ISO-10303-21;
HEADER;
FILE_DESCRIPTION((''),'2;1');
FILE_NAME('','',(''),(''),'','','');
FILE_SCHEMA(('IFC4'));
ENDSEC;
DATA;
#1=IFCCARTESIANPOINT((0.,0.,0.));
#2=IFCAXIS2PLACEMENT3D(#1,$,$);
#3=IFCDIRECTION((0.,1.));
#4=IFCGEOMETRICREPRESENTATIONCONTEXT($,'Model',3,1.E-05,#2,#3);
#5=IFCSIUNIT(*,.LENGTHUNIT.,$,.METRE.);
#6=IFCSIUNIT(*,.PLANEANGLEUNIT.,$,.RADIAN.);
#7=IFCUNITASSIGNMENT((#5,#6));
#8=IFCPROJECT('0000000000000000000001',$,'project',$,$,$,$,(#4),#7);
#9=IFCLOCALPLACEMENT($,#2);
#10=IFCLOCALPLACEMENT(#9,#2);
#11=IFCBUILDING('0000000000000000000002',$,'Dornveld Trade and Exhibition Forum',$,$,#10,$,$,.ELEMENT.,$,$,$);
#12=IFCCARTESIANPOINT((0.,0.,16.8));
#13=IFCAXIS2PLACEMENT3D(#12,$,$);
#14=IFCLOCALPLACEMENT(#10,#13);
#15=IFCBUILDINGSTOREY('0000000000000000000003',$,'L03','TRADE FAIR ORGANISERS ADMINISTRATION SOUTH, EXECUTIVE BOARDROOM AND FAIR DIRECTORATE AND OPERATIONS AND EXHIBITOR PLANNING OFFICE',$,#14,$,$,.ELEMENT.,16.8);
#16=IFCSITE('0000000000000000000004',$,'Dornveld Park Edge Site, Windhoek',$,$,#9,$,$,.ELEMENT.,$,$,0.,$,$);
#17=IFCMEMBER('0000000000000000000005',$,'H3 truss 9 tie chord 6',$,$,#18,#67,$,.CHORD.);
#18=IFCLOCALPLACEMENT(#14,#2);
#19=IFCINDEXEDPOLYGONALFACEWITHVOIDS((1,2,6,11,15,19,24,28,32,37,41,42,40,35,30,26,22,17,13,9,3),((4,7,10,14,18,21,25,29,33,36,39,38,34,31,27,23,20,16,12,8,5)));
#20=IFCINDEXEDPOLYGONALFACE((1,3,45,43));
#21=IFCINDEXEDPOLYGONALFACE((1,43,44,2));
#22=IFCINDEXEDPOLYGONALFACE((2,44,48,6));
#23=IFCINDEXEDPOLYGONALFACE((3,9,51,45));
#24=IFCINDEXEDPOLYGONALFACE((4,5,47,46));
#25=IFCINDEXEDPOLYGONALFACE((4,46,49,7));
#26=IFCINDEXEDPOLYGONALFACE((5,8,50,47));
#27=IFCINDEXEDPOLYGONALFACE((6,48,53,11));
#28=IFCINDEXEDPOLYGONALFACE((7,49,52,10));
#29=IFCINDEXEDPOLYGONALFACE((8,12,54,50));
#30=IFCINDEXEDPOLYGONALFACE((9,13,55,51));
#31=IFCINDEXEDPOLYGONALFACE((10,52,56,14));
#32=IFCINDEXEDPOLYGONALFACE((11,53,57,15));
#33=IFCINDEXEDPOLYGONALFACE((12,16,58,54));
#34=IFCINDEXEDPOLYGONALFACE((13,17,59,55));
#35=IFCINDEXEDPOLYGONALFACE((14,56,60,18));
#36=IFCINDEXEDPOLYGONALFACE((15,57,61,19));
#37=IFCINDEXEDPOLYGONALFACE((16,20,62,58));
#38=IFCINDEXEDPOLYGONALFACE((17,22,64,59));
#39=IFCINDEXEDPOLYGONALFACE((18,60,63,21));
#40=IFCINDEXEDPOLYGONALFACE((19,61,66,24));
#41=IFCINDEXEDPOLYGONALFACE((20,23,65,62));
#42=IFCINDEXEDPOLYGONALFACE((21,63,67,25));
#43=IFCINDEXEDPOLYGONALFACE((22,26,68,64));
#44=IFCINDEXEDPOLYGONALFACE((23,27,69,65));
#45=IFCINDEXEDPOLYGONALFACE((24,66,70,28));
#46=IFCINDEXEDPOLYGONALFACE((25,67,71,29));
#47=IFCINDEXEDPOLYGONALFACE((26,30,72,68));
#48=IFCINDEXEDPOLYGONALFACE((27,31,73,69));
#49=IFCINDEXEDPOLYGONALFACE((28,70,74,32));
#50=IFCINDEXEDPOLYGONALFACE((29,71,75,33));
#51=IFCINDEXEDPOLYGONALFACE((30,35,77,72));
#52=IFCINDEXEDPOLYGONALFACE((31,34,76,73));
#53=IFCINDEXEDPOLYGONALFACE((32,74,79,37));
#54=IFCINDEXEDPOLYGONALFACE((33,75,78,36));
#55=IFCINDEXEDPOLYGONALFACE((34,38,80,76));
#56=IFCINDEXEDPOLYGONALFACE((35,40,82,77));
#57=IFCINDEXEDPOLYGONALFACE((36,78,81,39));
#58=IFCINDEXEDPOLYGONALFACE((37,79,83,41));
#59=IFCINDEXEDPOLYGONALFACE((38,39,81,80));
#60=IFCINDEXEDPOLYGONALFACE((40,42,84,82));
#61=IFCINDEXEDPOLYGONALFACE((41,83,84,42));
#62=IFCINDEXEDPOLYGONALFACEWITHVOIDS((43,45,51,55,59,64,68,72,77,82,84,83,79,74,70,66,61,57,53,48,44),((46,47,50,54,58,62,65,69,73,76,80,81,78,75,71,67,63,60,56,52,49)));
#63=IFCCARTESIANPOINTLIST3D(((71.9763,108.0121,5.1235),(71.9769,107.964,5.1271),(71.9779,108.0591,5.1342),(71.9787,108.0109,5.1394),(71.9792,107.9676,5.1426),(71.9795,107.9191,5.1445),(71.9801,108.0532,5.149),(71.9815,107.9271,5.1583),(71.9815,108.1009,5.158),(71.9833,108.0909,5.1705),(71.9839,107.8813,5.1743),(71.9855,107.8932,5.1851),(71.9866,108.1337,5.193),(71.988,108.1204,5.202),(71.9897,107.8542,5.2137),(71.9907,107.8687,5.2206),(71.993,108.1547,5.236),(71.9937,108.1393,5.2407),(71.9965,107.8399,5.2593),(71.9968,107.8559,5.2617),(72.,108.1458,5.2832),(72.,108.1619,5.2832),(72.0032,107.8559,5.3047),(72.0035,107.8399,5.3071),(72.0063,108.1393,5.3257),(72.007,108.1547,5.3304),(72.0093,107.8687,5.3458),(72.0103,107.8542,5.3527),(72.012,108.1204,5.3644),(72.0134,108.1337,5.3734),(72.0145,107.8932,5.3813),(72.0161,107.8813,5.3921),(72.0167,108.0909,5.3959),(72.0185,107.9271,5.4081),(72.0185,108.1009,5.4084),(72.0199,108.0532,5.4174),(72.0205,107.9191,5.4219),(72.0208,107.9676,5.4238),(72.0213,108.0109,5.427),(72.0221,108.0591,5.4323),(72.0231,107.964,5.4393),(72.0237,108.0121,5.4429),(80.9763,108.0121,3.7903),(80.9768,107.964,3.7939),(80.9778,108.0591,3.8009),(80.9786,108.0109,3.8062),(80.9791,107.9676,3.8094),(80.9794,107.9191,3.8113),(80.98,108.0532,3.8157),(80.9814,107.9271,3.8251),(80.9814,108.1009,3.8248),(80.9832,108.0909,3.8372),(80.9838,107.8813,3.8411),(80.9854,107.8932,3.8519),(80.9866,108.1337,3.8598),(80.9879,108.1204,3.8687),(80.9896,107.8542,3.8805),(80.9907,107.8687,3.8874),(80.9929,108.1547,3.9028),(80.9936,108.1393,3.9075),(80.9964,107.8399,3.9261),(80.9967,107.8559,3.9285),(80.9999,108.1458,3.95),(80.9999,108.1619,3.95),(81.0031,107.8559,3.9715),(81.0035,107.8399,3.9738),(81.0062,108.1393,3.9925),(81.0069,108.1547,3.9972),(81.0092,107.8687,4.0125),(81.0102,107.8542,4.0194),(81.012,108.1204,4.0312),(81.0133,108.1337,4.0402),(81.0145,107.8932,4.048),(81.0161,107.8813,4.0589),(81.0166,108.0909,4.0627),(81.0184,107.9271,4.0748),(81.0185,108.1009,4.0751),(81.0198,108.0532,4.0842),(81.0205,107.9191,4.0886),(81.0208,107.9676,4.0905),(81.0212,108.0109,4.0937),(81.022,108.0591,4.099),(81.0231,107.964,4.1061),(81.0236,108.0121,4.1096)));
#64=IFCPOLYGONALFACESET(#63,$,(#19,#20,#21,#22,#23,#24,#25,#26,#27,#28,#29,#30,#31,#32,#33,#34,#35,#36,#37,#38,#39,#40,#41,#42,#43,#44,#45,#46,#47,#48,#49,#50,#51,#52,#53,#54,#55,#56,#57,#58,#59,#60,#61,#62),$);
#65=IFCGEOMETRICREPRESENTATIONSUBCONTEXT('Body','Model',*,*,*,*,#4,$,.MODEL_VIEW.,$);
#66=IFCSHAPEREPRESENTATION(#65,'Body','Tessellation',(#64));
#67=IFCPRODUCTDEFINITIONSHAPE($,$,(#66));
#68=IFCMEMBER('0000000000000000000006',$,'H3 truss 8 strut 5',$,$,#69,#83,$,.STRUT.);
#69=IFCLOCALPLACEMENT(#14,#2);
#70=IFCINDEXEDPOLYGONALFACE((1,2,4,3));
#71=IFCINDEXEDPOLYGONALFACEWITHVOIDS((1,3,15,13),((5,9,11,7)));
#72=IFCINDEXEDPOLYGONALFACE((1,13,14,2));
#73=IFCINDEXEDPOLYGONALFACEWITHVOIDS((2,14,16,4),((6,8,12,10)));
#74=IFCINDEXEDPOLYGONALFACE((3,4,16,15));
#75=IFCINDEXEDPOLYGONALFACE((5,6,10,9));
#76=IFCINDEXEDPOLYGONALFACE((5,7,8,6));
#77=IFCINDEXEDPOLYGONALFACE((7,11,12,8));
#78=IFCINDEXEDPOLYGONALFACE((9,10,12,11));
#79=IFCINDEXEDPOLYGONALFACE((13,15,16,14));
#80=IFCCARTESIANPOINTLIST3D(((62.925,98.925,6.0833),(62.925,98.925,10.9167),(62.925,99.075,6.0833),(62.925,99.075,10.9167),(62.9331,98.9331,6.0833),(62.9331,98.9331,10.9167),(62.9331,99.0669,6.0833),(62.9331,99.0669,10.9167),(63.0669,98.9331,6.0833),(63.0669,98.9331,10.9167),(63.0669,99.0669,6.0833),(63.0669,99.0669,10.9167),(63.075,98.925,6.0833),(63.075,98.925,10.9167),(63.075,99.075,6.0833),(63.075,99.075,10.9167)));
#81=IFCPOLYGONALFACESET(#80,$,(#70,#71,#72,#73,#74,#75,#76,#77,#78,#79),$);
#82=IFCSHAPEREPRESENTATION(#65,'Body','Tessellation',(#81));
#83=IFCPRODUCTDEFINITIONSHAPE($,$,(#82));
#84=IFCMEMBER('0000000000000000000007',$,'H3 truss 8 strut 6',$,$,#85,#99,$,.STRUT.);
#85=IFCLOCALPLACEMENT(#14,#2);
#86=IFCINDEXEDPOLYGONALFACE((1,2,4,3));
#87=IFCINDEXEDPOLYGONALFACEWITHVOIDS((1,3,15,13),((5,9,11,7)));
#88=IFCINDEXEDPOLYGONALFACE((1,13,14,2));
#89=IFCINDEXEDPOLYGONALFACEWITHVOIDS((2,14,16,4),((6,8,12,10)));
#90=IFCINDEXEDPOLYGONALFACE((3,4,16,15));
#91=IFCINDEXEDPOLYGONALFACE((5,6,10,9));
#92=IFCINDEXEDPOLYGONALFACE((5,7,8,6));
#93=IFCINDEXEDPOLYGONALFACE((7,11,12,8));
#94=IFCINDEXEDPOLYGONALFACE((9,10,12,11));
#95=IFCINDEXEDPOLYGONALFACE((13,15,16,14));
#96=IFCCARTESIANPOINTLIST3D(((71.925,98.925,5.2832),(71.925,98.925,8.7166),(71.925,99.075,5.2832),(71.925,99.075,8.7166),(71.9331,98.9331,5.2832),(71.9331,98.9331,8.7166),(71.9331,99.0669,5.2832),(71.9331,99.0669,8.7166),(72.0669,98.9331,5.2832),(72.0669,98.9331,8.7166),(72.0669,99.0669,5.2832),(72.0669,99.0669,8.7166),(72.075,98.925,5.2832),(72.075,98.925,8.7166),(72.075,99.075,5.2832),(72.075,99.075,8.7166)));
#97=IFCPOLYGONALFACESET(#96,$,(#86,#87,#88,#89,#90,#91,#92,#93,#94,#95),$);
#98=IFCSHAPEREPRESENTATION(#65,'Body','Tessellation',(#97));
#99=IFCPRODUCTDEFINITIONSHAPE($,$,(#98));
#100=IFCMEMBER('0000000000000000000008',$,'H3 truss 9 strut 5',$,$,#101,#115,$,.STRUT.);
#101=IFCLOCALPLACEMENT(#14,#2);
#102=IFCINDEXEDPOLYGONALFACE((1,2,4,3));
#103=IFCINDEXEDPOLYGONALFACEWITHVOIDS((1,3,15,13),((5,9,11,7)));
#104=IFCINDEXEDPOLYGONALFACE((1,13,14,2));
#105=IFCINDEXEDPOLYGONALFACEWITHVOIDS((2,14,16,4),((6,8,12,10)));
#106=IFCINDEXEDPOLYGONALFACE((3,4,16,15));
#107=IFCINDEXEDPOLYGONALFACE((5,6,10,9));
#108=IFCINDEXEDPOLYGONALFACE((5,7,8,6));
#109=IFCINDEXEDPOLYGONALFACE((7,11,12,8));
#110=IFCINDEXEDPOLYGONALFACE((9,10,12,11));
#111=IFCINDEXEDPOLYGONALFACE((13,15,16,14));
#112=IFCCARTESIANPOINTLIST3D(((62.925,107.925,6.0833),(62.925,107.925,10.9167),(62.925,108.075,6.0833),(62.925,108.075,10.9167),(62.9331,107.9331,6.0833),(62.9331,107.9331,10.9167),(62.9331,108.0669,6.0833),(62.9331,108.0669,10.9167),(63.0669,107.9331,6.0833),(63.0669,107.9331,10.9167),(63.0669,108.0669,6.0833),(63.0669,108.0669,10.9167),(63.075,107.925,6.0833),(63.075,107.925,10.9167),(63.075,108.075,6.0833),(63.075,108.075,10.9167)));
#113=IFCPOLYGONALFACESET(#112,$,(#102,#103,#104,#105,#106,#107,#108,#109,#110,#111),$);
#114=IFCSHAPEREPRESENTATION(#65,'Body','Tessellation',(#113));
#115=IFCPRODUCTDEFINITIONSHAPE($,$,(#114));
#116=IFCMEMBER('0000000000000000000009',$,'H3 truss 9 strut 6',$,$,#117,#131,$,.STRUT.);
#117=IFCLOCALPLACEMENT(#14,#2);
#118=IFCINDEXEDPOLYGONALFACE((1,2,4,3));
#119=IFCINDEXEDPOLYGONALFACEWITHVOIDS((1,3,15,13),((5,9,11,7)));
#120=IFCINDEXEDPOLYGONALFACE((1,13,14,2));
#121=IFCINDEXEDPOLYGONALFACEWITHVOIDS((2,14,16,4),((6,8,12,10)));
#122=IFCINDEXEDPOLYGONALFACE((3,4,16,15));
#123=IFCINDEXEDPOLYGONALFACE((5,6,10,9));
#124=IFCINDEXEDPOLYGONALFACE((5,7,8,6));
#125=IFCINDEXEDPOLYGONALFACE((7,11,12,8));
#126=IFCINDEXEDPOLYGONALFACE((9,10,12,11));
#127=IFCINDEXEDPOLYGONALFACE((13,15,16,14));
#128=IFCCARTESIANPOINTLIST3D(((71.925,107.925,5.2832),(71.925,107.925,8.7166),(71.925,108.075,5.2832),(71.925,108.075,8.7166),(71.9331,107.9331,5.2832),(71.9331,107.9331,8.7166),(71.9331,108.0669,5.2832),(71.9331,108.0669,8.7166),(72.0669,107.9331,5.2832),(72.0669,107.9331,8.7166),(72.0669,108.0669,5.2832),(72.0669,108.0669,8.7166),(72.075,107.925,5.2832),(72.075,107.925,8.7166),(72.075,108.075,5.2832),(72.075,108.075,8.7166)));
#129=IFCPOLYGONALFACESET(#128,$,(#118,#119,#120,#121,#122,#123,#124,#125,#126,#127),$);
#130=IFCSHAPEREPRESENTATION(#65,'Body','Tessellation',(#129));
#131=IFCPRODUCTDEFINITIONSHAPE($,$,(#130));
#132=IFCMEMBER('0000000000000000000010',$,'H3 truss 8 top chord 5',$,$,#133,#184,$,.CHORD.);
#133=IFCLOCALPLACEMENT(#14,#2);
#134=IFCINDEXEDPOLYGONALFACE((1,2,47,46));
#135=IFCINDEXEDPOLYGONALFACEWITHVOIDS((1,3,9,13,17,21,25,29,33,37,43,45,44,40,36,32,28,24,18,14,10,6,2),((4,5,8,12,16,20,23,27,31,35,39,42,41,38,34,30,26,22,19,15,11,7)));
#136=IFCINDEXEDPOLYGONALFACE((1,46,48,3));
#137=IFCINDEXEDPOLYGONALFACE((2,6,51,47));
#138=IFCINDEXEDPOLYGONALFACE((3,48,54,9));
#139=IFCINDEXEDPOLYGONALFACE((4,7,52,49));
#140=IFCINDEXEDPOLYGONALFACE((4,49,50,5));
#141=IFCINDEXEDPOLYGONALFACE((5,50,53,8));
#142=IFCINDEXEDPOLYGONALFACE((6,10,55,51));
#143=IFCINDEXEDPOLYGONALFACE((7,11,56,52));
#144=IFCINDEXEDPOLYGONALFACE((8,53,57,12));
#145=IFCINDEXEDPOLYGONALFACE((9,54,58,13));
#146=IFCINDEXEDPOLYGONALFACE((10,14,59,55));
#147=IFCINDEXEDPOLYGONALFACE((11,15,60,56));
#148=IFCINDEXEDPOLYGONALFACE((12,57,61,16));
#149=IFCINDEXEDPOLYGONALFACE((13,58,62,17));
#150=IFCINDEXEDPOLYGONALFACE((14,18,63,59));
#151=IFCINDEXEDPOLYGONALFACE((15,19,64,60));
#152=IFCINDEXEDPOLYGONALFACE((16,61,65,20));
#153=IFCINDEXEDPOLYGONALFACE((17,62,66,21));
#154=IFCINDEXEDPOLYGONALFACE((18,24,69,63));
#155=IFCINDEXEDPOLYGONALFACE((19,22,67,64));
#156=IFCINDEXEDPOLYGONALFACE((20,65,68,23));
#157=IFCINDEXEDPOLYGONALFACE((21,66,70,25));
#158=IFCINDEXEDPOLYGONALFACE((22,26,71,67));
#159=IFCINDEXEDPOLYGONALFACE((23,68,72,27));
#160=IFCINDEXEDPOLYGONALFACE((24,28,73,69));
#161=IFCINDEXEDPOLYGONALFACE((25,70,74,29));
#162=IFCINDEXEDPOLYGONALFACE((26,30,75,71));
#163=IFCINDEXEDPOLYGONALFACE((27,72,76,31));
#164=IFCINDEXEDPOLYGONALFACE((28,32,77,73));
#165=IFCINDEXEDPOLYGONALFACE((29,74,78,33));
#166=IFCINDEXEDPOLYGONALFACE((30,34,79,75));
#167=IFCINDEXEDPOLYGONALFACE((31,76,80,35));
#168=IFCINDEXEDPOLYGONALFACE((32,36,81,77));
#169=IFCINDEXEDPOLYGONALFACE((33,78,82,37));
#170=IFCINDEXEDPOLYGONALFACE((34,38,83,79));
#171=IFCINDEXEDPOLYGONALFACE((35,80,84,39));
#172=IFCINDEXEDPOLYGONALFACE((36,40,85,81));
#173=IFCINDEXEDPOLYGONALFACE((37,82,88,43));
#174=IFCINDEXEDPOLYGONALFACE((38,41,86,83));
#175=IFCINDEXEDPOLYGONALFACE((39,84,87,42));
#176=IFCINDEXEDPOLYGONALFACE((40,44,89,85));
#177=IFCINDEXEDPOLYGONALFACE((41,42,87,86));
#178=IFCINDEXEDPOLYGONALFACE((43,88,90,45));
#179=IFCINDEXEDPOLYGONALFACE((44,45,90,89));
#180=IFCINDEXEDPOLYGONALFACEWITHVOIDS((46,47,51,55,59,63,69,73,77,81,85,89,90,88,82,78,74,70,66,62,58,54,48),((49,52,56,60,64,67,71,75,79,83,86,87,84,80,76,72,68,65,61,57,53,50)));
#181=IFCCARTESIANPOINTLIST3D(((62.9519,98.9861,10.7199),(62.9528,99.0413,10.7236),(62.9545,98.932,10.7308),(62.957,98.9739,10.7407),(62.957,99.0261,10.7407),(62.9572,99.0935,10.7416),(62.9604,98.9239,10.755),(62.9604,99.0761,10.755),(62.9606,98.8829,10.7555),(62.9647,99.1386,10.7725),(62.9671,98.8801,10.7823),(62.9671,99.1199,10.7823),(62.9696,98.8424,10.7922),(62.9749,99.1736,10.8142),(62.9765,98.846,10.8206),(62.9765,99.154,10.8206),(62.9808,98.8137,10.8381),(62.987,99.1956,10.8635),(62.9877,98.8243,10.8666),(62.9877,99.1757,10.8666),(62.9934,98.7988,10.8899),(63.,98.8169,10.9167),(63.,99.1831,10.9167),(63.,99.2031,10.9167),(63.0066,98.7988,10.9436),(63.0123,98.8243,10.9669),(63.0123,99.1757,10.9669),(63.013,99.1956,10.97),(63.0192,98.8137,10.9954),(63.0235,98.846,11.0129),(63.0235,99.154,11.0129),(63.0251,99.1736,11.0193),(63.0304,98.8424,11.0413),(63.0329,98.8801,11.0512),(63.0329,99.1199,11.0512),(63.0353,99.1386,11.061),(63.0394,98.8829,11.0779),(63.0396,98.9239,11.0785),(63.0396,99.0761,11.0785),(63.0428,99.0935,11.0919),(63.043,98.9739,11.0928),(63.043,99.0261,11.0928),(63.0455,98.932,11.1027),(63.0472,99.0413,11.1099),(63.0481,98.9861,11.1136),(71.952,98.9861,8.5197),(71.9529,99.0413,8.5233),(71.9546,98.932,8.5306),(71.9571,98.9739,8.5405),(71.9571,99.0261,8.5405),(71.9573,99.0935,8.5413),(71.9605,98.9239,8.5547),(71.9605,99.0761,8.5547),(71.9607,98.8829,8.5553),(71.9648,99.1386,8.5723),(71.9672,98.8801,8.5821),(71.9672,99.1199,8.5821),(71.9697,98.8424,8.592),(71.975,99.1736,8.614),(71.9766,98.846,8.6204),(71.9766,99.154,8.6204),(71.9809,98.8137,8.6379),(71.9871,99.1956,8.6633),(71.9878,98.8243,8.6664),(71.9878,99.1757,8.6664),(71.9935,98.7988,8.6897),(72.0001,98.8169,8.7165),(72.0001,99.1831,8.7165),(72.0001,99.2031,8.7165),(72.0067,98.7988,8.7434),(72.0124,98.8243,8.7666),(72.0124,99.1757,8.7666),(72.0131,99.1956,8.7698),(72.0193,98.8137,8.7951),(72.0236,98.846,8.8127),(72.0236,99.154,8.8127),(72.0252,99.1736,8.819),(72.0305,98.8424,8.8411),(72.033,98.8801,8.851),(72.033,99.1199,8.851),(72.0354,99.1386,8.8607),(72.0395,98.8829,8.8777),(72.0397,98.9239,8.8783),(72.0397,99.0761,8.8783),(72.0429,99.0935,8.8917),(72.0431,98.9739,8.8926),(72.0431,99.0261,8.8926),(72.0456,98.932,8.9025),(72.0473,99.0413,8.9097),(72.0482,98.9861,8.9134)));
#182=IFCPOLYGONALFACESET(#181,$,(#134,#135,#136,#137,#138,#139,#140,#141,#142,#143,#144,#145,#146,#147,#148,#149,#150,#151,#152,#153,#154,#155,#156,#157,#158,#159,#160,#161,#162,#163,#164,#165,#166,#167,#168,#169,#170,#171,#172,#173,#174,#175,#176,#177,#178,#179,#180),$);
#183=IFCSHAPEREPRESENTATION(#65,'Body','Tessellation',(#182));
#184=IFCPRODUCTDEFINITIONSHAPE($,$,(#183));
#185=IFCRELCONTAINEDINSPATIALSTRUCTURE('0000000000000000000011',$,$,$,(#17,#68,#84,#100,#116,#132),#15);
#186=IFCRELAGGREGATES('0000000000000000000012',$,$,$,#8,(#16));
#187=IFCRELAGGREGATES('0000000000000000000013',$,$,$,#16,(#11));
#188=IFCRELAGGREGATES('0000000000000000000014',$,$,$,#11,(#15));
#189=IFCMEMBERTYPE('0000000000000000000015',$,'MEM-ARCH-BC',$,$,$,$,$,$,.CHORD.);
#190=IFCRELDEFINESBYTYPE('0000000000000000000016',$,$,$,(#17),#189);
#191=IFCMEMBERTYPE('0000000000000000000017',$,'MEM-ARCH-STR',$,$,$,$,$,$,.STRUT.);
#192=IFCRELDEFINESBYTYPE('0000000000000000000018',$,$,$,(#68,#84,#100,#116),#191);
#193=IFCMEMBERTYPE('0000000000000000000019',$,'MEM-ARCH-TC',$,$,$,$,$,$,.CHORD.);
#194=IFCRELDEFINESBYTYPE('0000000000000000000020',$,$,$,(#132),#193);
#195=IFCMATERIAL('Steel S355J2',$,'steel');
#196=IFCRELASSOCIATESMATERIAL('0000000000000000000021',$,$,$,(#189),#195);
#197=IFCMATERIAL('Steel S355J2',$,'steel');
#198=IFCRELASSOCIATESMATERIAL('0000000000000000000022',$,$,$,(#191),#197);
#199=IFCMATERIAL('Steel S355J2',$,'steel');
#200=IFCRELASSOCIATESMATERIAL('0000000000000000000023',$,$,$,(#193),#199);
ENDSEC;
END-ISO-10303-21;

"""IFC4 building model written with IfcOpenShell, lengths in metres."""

from ifc_helpers import new_model, si_unit, direction, frame, origin, origin_2d, place, context, subcontext, project, spatial, hollow_rectangle, hollow_circle, extrude, material, material_profile, profile_set, type_object, element, save


model = new_model("IFC4")

# Units and contexts
model_context = context("Model", 3, precision=1e-05, world=origin(), true_north=direction((0.0, 1.0)))
body_context = subcontext(model_context, "Body", "Model", "MODEL_VIEW")
ifc_project = project(units=[si_unit("LENGTHUNIT", "METRE"), si_unit("PLANEANGLEUNIT", "RADIAN")], contexts=[model_context])

# Site, building, storey
site_placement = place(None, origin())
site = spatial("IfcSite", under=ifc_project, at=site_placement, Name="Dornveld Park Edge Site, Windhoek", CompositionType="ELEMENT", RefElevation=0.0)
building_placement = place(site_placement, origin())
building = spatial("IfcBuilding", under=site, at=building_placement, Name="Dornveld Trade and Exhibition Forum", CompositionType="ELEMENT")
storey_placement = place(building_placement, frame((0.0, 0.0, 16.8)))
storey = spatial("IfcBuildingStorey", under=building, at=storey_placement, Name="L03", Description="TRADE FAIR ORGANISERS ADMINISTRATION SOUTH, EXECUTIVE BOARDROOM AND FAIR DIRECTORATE AND OPERATIONS AND EXHIBITOR PLANNING OFFICE", CompositionType="ELEMENT", Elevation=16.8)

# Members
ifc_material_1 = material(Name="Steel S355J2", Category="steel")
ifc_material_profile_1 = material_profile(ifc_material_1, hollow_circle(Radius=0.1619, WallThickness=0.0161, at=origin_2d()), Name="CHS 323.9x16")
ifc_profile_set_1 = profile_set([ifc_material_profile_1], Name="Steel S355J2")
member_type_1 = type_object("IfcMemberType", Name="MEM-ARCH-BC", PredefinedType="CHORD", material=ifc_profile_set_1)
member_1_placement = place(storey_placement, frame((72.0, 108.0, 5.2832), z_axis=(0.989205, 0.0, -0.14654), x_axis=(0.0, 1.0, 0.0)))
element("IfcMember", 1, at=member_1_placement, inside=storey, type_object=member_type_1, Name="H3 truss 9 tie chord 6", PredefinedType="CHORD", context=body_context, shape_type="SweptSolid", body=[
    extrude(hollow_circle(Radius=0.1619, WallThickness=0.0161, at=origin_2d()), origin(), (0.0, 0.0, 1.0), 9.0981),
])
ifc_material_2 = material(Name="Steel S355J2", Category="steel")
ifc_material_profile_2 = material_profile(ifc_material_2, hollow_rectangle(XDim=0.1499, YDim=0.1499, WallThickness=0.0081, at=origin_2d()), Name="SHS 150x150x8")
ifc_profile_set_2 = profile_set([ifc_material_profile_2], Name="Steel S355J2")
member_type_2 = type_object("IfcMemberType", Name="MEM-ARCH-STR", PredefinedType="STRUT", material=ifc_profile_set_2)
member_2_placement = place(storey_placement, frame((63.0, 99.0, 6.0833), z_axis=(0.0, 0.0, 1.0), x_axis=(1.0, 0.0, 0.0)))
element("IfcMember", 2, at=member_2_placement, inside=storey, type_object=member_type_2, Name="H3 truss 8 strut 5", PredefinedType="STRUT", context=body_context, shape_type="SweptSolid", body=[
    extrude(hollow_rectangle(XDim=0.1499, YDim=0.1499, WallThickness=0.0081, at=origin_2d()), origin(), (0.0, 0.0, 1.0), 4.8335),
])
member_3_placement = place(storey_placement, frame((72.0, 99.0, 5.2832), z_axis=(0.0, 0.0, 1.0), x_axis=(1.0, 0.0, 0.0)))
element("IfcMember", 3, at=member_3_placement, inside=storey, type_object=member_type_2, Name="H3 truss 8 strut 6", PredefinedType="STRUT", context=body_context, shape_type="SweptSolid", body=[
    extrude(hollow_rectangle(XDim=0.1499, YDim=0.1499, WallThickness=0.0081, at=origin_2d()), origin(), (0.0, 0.0, 1.0), 3.4333),
])
member_4_placement = place(storey_placement, frame((63.0, 108.0, 6.0833), z_axis=(0.0, 0.0, 1.0), x_axis=(1.0, 0.0, 0.0)))
element("IfcMember", 4, at=member_4_placement, inside=storey, type_object=member_type_2, Name="H3 truss 9 strut 5", PredefinedType="STRUT", context=body_context, shape_type="SweptSolid", body=[
    extrude(hollow_rectangle(XDim=0.1499, YDim=0.1499, WallThickness=0.0081, at=origin_2d()), origin(), (0.0, 0.0, 1.0), 4.8335),
])
member_5_placement = place(storey_placement, frame((72.0, 108.0, 5.2832), z_axis=(0.0, 0.0, 1.0), x_axis=(1.0, 0.0, 0.0)))
element("IfcMember", 5, at=member_5_placement, inside=storey, type_object=member_type_2, Name="H3 truss 9 strut 6", PredefinedType="STRUT", context=body_context, shape_type="SweptSolid", body=[
    extrude(hollow_rectangle(XDim=0.1499, YDim=0.1499, WallThickness=0.0081, at=origin_2d()), origin(), (0.0, 0.0, 1.0), 3.4333),
])
ifc_material_3 = material(Name="Steel S355J2", Category="steel")
ifc_material_profile_3 = material_profile(ifc_material_3, hollow_circle(Radius=0.2031, WallThickness=0.02, at=origin_2d()), Name="CHS 406.4x20")
ifc_profile_set_3 = profile_set([ifc_material_profile_3], Name="Steel S355J2")
member_type_3 = type_object("IfcMemberType", Name="MEM-ARCH-TC", PredefinedType="CHORD", material=ifc_profile_set_3)
member_6_placement = place(storey_placement, frame((63.0, 99.0, 10.9167), z_axis=(0.971394, 0.0, -0.237473), x_axis=(0.0, 1.0, 0.0)))
element("IfcMember", 6, at=member_6_placement, inside=storey, type_object=member_type_3, Name="H3 truss 8 top chord 5", PredefinedType="CHORD", context=body_context, shape_type="SweptSolid", body=[
    extrude(hollow_circle(Radius=0.2031, WallThickness=0.02, at=origin_2d()), origin(), (0.0, 0.0, 1.0), 9.2651),
])

save(model, "model.ifc")
